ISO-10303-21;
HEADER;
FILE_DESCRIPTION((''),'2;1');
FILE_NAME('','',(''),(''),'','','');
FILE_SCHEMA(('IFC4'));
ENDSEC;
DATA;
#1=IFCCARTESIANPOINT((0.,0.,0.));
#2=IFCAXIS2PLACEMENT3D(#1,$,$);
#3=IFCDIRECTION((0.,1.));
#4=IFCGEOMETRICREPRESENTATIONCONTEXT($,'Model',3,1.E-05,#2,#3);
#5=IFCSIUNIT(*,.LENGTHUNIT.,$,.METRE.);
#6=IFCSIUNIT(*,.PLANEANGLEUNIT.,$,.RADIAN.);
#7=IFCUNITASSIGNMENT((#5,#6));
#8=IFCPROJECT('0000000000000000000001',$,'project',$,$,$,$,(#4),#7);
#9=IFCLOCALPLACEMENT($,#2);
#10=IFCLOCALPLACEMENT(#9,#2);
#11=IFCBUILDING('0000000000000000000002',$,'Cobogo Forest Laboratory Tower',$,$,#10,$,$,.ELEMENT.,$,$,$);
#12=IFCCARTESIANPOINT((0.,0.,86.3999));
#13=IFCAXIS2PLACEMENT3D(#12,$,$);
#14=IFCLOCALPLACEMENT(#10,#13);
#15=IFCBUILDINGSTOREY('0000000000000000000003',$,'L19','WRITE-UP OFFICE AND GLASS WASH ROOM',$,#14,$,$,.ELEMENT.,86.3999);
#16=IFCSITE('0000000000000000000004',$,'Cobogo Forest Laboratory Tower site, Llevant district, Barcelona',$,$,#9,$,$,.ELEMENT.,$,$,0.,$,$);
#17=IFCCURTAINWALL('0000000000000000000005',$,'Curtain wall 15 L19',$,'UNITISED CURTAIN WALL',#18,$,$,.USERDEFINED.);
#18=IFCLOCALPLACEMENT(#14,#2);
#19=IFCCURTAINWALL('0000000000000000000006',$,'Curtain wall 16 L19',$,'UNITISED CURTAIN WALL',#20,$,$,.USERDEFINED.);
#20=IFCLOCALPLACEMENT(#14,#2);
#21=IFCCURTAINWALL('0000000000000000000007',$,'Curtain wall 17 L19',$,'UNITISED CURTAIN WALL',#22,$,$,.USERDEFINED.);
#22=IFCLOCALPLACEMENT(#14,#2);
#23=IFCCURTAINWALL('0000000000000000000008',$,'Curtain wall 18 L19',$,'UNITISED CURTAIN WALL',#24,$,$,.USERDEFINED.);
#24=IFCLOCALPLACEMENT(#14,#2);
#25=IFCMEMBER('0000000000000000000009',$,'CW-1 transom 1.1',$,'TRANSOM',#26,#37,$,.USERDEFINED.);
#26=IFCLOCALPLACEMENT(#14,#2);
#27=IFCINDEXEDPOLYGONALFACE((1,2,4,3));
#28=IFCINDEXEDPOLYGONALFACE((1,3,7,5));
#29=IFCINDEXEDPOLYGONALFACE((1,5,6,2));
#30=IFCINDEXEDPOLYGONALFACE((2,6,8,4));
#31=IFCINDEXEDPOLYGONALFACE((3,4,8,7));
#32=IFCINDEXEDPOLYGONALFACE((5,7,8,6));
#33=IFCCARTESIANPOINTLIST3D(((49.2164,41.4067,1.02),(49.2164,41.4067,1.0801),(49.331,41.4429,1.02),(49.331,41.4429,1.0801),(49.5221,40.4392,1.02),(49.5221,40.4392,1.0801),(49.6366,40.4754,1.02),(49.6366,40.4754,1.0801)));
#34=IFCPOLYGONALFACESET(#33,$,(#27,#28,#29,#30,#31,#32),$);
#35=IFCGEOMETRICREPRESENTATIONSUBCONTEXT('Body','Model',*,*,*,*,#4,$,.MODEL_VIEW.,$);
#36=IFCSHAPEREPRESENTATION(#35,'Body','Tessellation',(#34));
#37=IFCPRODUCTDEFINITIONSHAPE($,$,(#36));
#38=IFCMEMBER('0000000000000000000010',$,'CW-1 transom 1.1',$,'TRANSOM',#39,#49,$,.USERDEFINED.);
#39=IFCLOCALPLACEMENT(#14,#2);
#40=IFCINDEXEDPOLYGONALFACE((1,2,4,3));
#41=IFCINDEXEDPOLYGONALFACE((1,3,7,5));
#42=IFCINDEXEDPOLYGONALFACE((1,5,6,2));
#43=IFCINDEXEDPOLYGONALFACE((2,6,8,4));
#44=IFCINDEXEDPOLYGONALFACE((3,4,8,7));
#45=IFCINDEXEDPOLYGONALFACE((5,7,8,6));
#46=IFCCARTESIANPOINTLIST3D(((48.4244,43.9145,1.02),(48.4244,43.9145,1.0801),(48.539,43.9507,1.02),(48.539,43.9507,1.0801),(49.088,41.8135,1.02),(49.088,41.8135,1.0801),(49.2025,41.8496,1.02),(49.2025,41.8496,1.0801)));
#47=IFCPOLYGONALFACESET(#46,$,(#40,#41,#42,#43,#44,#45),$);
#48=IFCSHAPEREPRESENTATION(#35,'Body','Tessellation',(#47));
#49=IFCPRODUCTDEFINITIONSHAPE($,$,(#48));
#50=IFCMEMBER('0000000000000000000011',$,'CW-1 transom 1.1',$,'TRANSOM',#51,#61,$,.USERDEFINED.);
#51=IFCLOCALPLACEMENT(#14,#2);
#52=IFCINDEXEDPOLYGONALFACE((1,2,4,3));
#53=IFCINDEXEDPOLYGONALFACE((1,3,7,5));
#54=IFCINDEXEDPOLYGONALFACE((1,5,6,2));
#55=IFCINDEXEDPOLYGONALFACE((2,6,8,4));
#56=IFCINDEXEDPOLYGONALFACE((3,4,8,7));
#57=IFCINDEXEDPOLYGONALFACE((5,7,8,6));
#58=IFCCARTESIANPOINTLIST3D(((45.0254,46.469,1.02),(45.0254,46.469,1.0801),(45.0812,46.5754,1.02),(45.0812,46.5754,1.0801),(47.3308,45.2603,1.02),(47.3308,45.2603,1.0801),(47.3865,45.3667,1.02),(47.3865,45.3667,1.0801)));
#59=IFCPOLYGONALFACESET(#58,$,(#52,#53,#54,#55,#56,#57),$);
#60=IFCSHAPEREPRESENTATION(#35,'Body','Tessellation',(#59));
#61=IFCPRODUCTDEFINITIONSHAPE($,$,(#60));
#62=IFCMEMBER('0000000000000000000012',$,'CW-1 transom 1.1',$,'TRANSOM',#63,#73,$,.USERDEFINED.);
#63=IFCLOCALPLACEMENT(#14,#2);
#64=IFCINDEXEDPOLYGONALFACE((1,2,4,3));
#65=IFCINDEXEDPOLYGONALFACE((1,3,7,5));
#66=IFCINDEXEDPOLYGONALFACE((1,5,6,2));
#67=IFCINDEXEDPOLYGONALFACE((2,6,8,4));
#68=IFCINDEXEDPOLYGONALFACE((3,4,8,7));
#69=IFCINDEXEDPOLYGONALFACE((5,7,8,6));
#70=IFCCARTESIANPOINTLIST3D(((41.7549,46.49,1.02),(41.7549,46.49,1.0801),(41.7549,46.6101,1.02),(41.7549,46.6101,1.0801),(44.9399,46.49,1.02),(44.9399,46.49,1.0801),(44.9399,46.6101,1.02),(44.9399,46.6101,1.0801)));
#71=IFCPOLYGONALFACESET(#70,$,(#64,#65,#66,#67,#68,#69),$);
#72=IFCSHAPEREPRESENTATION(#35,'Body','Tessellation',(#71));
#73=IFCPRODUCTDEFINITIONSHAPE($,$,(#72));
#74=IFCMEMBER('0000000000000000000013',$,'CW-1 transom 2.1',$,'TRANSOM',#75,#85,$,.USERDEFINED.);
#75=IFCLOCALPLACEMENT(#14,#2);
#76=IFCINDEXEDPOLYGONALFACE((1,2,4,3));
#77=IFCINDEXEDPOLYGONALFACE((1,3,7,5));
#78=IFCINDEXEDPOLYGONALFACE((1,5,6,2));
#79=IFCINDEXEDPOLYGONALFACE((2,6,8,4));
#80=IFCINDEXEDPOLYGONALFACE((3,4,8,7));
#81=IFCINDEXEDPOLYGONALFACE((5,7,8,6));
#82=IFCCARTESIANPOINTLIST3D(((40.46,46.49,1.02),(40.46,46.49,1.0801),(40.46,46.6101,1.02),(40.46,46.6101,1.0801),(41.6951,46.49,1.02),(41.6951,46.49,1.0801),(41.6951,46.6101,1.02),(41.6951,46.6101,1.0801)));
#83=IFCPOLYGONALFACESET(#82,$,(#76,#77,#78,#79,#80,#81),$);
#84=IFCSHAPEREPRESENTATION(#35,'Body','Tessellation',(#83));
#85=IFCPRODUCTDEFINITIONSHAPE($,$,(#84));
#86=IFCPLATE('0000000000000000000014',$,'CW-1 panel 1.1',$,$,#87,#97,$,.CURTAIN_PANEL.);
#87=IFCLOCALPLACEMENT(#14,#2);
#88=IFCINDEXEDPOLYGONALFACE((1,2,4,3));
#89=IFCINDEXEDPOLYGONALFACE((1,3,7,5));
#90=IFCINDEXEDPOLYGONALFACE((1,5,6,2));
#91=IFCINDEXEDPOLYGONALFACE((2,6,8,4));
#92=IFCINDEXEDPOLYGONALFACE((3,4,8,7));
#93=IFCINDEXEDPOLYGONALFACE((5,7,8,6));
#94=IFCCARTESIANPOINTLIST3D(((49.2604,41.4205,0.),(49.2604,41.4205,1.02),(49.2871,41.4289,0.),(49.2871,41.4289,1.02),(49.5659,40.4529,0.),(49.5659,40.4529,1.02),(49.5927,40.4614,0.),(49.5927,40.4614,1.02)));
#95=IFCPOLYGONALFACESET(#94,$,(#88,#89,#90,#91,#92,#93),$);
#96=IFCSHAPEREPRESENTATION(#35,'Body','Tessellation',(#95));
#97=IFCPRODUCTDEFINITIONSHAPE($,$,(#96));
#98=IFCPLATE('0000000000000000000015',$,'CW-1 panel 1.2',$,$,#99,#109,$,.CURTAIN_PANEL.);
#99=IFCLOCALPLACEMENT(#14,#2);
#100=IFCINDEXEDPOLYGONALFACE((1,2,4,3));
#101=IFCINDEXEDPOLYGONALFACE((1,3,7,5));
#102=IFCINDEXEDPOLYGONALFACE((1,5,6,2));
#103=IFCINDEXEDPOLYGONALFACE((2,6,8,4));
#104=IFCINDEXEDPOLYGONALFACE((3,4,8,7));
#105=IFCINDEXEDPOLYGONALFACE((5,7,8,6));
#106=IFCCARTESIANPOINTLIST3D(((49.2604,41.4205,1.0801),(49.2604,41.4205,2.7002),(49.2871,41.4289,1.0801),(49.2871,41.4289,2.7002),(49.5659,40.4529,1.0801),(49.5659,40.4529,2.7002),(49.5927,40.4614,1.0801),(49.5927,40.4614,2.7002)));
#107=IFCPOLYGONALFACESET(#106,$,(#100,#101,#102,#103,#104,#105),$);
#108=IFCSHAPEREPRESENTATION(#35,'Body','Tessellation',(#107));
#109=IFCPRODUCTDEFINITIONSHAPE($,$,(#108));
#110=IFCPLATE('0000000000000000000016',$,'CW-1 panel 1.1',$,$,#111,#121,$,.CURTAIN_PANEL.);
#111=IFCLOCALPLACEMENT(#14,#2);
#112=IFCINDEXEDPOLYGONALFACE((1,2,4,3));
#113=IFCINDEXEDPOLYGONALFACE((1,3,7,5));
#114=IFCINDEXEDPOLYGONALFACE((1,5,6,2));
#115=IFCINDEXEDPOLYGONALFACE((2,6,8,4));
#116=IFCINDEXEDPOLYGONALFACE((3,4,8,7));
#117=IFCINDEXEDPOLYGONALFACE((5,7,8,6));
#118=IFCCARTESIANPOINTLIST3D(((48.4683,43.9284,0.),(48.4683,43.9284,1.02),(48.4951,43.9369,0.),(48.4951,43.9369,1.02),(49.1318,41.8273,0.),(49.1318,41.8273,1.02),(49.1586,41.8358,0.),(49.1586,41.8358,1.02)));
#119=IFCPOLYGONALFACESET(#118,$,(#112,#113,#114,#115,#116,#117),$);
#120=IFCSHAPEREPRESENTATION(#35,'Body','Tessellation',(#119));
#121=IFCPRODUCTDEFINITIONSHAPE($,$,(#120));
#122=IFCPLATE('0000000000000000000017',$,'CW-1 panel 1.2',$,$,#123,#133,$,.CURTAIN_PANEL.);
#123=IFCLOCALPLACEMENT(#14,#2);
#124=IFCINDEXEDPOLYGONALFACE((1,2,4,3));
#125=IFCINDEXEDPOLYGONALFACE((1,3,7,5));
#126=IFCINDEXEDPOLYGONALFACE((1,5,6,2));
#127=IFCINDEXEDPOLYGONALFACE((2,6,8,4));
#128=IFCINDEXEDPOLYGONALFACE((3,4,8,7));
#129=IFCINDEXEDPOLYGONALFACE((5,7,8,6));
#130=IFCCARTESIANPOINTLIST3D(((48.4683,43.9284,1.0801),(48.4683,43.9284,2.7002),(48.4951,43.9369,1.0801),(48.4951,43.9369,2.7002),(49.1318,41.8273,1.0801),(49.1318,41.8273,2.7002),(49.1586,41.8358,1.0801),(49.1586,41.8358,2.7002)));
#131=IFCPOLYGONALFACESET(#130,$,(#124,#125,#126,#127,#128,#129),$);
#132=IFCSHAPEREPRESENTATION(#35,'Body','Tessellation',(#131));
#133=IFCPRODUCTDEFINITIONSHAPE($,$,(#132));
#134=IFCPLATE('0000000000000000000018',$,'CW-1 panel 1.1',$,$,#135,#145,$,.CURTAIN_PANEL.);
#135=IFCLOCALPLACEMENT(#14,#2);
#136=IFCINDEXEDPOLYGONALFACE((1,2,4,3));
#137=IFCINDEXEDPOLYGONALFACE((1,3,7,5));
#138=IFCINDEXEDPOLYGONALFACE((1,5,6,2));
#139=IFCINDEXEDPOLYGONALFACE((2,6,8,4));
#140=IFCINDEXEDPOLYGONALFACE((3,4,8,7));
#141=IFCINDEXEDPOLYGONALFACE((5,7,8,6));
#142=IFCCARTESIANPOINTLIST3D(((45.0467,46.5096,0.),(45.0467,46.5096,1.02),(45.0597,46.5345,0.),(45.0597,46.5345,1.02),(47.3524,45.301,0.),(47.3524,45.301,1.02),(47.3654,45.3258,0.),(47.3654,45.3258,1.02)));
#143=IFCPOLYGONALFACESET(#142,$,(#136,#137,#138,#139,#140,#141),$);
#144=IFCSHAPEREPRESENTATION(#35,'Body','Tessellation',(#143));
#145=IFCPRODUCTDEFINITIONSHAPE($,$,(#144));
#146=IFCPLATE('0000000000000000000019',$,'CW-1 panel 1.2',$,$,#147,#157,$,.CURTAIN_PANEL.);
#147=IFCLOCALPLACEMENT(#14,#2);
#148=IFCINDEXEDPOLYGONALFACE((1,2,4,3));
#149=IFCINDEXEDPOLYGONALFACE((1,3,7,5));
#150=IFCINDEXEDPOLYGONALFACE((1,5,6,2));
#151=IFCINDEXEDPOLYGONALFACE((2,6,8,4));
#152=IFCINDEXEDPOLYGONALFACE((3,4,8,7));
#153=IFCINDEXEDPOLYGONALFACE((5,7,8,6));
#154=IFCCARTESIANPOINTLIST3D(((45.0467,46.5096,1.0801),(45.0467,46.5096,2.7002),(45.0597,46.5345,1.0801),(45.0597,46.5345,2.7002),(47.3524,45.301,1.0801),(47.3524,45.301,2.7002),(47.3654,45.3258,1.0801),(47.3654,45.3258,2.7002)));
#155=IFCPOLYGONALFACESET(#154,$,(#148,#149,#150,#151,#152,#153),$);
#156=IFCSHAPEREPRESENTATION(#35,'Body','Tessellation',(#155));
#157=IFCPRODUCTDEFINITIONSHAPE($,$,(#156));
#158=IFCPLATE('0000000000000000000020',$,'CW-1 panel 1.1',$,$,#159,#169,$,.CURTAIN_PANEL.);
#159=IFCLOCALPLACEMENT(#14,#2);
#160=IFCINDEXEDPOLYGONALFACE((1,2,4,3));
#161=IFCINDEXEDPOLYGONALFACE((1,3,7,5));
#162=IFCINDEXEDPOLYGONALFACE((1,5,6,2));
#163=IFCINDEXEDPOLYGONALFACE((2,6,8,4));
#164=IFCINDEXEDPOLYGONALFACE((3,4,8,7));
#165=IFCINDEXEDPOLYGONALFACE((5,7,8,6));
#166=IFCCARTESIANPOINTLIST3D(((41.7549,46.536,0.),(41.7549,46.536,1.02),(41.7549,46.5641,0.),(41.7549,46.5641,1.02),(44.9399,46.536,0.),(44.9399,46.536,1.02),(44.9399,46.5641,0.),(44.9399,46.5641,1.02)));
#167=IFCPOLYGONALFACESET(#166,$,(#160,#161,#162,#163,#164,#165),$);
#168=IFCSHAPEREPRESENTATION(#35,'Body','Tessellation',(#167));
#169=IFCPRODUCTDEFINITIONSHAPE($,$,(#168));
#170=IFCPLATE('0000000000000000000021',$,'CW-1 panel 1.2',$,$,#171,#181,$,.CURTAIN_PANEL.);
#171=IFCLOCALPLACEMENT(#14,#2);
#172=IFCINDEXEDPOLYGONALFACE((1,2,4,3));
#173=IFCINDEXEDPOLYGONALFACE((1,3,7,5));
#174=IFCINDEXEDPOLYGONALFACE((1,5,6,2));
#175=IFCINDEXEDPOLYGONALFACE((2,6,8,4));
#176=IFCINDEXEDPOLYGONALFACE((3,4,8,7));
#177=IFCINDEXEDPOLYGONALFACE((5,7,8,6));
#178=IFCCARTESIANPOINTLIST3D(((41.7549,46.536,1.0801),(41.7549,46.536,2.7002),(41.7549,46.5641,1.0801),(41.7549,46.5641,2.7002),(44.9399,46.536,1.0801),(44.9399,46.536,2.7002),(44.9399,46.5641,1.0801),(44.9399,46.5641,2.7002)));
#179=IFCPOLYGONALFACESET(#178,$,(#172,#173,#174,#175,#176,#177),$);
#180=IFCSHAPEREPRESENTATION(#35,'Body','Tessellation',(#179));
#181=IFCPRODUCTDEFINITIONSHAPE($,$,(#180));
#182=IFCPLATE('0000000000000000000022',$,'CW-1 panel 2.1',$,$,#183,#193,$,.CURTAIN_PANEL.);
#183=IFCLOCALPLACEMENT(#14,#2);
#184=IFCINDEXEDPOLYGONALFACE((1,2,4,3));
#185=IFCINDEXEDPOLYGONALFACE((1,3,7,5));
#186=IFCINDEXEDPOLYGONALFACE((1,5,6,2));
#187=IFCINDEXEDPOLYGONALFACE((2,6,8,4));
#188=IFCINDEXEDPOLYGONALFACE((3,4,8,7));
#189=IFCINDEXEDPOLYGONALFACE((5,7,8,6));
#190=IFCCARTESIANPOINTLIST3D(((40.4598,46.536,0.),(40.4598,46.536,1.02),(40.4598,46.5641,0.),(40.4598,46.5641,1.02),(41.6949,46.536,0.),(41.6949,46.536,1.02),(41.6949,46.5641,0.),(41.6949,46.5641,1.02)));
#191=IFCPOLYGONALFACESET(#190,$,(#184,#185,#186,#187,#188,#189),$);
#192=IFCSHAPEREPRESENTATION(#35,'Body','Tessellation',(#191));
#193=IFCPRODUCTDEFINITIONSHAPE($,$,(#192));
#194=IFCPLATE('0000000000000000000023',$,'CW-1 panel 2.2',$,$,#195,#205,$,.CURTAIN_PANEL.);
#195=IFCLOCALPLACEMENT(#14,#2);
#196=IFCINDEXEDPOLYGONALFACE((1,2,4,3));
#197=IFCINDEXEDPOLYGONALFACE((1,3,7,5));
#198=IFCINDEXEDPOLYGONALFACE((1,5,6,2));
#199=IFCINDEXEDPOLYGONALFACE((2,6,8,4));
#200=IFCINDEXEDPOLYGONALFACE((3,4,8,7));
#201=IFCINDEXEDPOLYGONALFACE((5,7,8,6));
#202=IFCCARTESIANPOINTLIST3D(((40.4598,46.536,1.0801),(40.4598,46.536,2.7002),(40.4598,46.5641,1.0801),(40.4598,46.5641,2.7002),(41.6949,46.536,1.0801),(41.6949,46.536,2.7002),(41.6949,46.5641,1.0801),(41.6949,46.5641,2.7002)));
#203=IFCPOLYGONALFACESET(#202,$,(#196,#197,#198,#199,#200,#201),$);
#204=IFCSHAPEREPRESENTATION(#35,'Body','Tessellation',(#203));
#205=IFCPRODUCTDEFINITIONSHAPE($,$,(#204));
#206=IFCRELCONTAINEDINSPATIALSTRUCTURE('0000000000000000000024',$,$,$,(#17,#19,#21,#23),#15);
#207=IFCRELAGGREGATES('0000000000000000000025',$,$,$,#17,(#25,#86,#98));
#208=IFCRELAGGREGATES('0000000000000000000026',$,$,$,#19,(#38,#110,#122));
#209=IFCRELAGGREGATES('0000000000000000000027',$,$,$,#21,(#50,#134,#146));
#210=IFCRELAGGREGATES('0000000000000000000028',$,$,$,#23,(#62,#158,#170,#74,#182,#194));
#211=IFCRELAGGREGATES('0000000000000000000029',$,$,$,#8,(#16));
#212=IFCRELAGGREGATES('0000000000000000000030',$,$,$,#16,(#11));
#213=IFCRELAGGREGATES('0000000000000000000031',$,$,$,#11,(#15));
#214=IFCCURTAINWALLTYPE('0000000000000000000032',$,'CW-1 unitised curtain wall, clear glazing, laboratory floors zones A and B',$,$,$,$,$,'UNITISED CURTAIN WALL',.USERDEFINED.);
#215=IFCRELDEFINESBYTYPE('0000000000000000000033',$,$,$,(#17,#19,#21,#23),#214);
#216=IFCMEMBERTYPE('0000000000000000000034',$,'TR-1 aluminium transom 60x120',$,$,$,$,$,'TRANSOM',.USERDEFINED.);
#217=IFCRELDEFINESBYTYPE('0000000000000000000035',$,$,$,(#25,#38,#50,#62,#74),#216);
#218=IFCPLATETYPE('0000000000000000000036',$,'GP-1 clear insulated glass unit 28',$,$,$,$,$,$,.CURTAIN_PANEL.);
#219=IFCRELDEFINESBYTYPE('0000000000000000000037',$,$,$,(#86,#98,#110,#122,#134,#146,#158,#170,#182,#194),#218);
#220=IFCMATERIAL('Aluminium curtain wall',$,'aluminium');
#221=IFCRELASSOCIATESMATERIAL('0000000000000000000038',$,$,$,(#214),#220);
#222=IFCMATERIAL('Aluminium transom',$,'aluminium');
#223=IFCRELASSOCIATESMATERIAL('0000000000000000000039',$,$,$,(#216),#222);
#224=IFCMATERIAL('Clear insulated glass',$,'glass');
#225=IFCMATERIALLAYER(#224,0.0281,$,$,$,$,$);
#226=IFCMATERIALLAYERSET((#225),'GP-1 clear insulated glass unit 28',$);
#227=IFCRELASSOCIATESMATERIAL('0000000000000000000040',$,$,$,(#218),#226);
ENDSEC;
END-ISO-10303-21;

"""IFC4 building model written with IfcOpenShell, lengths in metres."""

from ifc_helpers import new_model, si_unit, direction, frame, origin, origin_2d, place, context, subcontext, project, spatial, rectangle, extrude, material, layer, layer_set, material_profile, profile_set, type_object, element, aggregate, save


model = new_model("IFC4")

# Units and contexts
model_context = context("Model", 3, precision=1e-05, world=origin(), true_north=direction((0.0, 1.0)))
body_context = subcontext(model_context, "Body", "Model", "MODEL_VIEW")
ifc_project = project(units=[si_unit("LENGTHUNIT", "METRE"), si_unit("PLANEANGLEUNIT", "RADIAN")], contexts=[model_context])

# Site, building, storey
site_placement = place(None, origin())
site = spatial("IfcSite", under=ifc_project, at=site_placement, Name="Cobogo Forest Laboratory Tower site, Llevant district, Barcelona", CompositionType="ELEMENT", RefElevation=0.0)
building_placement = place(site_placement, origin())
building = spatial("IfcBuilding", under=site, at=building_placement, Name="Cobogo Forest Laboratory Tower", CompositionType="ELEMENT")
storey_placement = place(building_placement, frame((0.0, 0.0, 86.3999)))
storey = spatial("IfcBuildingStorey", under=building, at=storey_placement, Name="L19", Description="WRITE-UP OFFICE AND GLASS WASH ROOM", CompositionType="ELEMENT", Elevation=86.3999)

# Curtain walls
ifc_material_1 = material(Name="Aluminium curtain wall", Category="aluminium")
curtain_wall_type = type_object("IfcCurtainWallType", Name="CW-1 unitised curtain wall, clear glazing, laboratory floors zones A and B", ElementType="UNITISED CURTAIN WALL", PredefinedType="USERDEFINED", material=ifc_material_1)
curtain_wall_1_placement = place(storey_placement, origin())
curtain_wall_1 = element("IfcCurtainWall", 1, at=curtain_wall_1_placement, inside=storey, type_object=curtain_wall_type, Name="Curtain wall 15 L19", ObjectType="UNITISED CURTAIN WALL", PredefinedType="USERDEFINED")
curtain_wall_2_placement = place(storey_placement, origin())
curtain_wall_2 = element("IfcCurtainWall", 2, at=curtain_wall_2_placement, inside=storey, type_object=curtain_wall_type, Name="Curtain wall 16 L19", ObjectType="UNITISED CURTAIN WALL", PredefinedType="USERDEFINED")
curtain_wall_3_placement = place(storey_placement, origin())
curtain_wall_3 = element("IfcCurtainWall", 3, at=curtain_wall_3_placement, inside=storey, type_object=curtain_wall_type, Name="Curtain wall 17 L19", ObjectType="UNITISED CURTAIN WALL", PredefinedType="USERDEFINED")
curtain_wall_4_placement = place(storey_placement, origin())
curtain_wall_4 = element("IfcCurtainWall", 4, at=curtain_wall_4_placement, inside=storey, type_object=curtain_wall_type, Name="Curtain wall 18 L19", ObjectType="UNITISED CURTAIN WALL", PredefinedType="USERDEFINED")

# Members
ifc_material_2 = material(Name="Aluminium transom", Category="aluminium")
ifc_material_profile_1 = material_profile(ifc_material_2, rectangle(XDim=0.1201, YDim=0.0601, at=origin_2d()), Name="AL 60x120")
ifc_profile_set_1 = profile_set([ifc_material_profile_1], Name="Aluminium transom")
member_type_1 = type_object("IfcMemberType", Name="TR-1 aluminium transom 60x120", ElementType="TRANSOM", PredefinedType="USERDEFINED", material=ifc_profile_set_1)
member_1_placement = place(storey_placement, frame((49.5793, 40.4573, 1.05), z_axis=(-0.301247, 0.953546, 0.0), x_axis=(-0.953546, -0.301247, 0.0)))
member_1 = element("IfcMember", 5, at=member_1_placement, type_object=member_type_1, Name="CW-1 transom 1.1", ObjectType="TRANSOM", PredefinedType="USERDEFINED", context=body_context, shape_type="SweptSolid", body=[
    extrude(rectangle(XDim=0.1201, YDim=0.0601, at=origin_2d()), origin(), (0.0, 0.0, 1.0), 1.0146),
])
member_2_placement = place(storey_placement, frame((49.1453, 41.8315, 1.05), z_axis=(-0.301163, 0.953573, 0.0), x_axis=(-0.953573, -0.301163, 0.0)))
member_2 = element("IfcMember", 6, at=member_2_placement, type_object=member_type_1, Name="CW-1 transom 1.1", ObjectType="TRANSOM", PredefinedType="USERDEFINED", context=body_context, shape_type="SweptSolid", body=[
    extrude(rectangle(XDim=0.1201, YDim=0.0601, at=origin_2d()), origin(), (0.0, 0.0, 1.0), 2.2034),
])
member_3_placement = place(storey_placement, frame((47.3586, 45.3135, 1.05), z_axis=(-0.885652, 0.46435, 0.0), x_axis=(-0.46435, -0.885652, 0.0)))
member_3 = element("IfcMember", 7, at=member_3_placement, type_object=member_type_1, Name="CW-1 transom 1.1", ObjectType="TRANSOM", PredefinedType="USERDEFINED", context=body_context, shape_type="SweptSolid", body=[
    extrude(rectangle(XDim=0.1201, YDim=0.0601, at=origin_2d()), origin(), (0.0, 0.0, 1.0), 2.603),
])
member_4_placement = place(storey_placement, frame((44.9399, 46.55, 1.05), z_axis=(-1.0, 0.0, 0.0), x_axis=(0.0, -1.0, 0.0)))
member_4 = element("IfcMember", 8, at=member_4_placement, type_object=member_type_1, Name="CW-1 transom 1.1", ObjectType="TRANSOM", PredefinedType="USERDEFINED", context=body_context, shape_type="SweptSolid", body=[
    extrude(rectangle(XDim=0.1201, YDim=0.0601, at=origin_2d()), origin(), (0.0, 0.0, 1.0), 3.1851),
])
member_5_placement = place(storey_placement, frame((41.6951, 46.55, 1.05), z_axis=(-1.0, 0.0, 0.0), x_axis=(0.0, -1.0, 0.0)))
member_5 = element("IfcMember", 9, at=member_5_placement, type_object=member_type_1, Name="CW-1 transom 2.1", ObjectType="TRANSOM", PredefinedType="USERDEFINED", context=body_context, shape_type="SweptSolid", body=[
    extrude(rectangle(XDim=0.1201, YDim=0.0601, at=origin_2d()), origin(), (0.0, 0.0, 1.0), 1.2351),
])

# Plates
ifc_material_3 = material(Name="Clear insulated glass", Category="glass")
ifc_layer_1 = layer(ifc_material_3, 0.0281)
ifc_layer_set_1 = layer_set([ifc_layer_1], Name="GP-1 clear insulated glass unit 28")
plate_type = type_object("IfcPlateType", Name="GP-1 clear insulated glass unit 28", PredefinedType="CURTAIN_PANEL", material=ifc_layer_set_1)
plate_1_placement = place(storey_placement, frame((49.4265, 40.9409, 0.0), z_axis=(0.0, 0.0, 1.0), x_axis=(-0.301136, 0.953581, 0.0)))
plate_1 = element("IfcPlate", 10, at=plate_1_placement, type_object=plate_type, Name="CW-1 panel 1.1", PredefinedType="CURTAIN_PANEL", context=body_context, shape_type="SweptSolid", body=[
    extrude(rectangle(XDim=1.0146, YDim=0.0281, at=origin_2d()), origin(), (0.0, 0.0, 1.0), 1.02),
])
plate_2_placement = place(storey_placement, frame((49.4265, 40.9409, 1.0801), z_axis=(0.0, 0.0, 1.0), x_axis=(-0.301136, 0.953581, 0.0)))
plate_2 = element("IfcPlate", 11, at=plate_2_placement, type_object=plate_type, Name="CW-1 panel 1.2", PredefinedType="CURTAIN_PANEL", context=body_context, shape_type="SweptSolid", body=[
    extrude(rectangle(XDim=1.0146, YDim=0.0281, at=origin_2d()), origin(), (0.0, 0.0, 1.0), 1.6201),
])
aggregate(curtain_wall_1, [member_1, plate_1, plate_2])
plate_3_placement = place(storey_placement, frame((48.8135, 42.8821, 0.0), z_axis=(0.0, 0.0, 1.0), x_axis=(-0.301135, 0.953581, 0.0)))
plate_3 = element("IfcPlate", 12, at=plate_3_placement, type_object=plate_type, Name="CW-1 panel 1.1", PredefinedType="CURTAIN_PANEL", context=body_context, shape_type="SweptSolid", body=[
    extrude(rectangle(XDim=2.2034, YDim=0.0281, at=origin_2d()), origin(), (0.0, 0.0, 1.0), 1.02),
])
plate_4_placement = place(storey_placement, frame((48.8135, 42.8821, 1.0801), z_axis=(0.0, 0.0, 1.0), x_axis=(-0.301135, 0.953581, 0.0)))
plate_4 = element("IfcPlate", 13, at=plate_4_placement, type_object=plate_type, Name="CW-1 panel 1.2", PredefinedType="CURTAIN_PANEL", context=body_context, shape_type="SweptSolid", body=[
    extrude(rectangle(XDim=2.2034, YDim=0.0281, at=origin_2d()), origin(), (0.0, 0.0, 1.0), 1.6201),
])
aggregate(curtain_wall_2, [member_2, plate_3, plate_4])
plate_5_placement = place(storey_placement, frame((46.2061, 45.9177, 0.0), z_axis=(0.0, 0.0, 1.0), x_axis=(-0.885687, 0.464284, 0.0)))
plate_5 = element("IfcPlate", 14, at=plate_5_placement, type_object=plate_type, Name="CW-1 panel 1.1", PredefinedType="CURTAIN_PANEL", context=body_context, shape_type="SweptSolid", body=[
    extrude(rectangle(XDim=2.6033, YDim=0.0281, at=origin_2d()), origin(), (0.0, 0.0, 1.0), 1.02),
])
plate_6_placement = place(storey_placement, frame((46.2061, 45.9177, 1.0801), z_axis=(0.0, 0.0, 1.0), x_axis=(-0.885687, 0.464284, 0.0)))
plate_6 = element("IfcPlate", 15, at=plate_6_placement, type_object=plate_type, Name="CW-1 panel 1.2", PredefinedType="CURTAIN_PANEL", context=body_context, shape_type="SweptSolid", body=[
    extrude(rectangle(XDim=2.6033, YDim=0.0281, at=origin_2d()), origin(), (0.0, 0.0, 1.0), 1.6201),
])
aggregate(curtain_wall_3, [member_3, plate_5, plate_6])
plate_7_placement = place(storey_placement, frame((43.3474, 46.55, 0.0), z_axis=(0.0, 0.0, 1.0), x_axis=(-1.0, 0.0, 0.0)))
plate_7 = element("IfcPlate", 16, at=plate_7_placement, type_object=plate_type, Name="CW-1 panel 1.1", PredefinedType="CURTAIN_PANEL", context=body_context, shape_type="SweptSolid", body=[
    extrude(rectangle(XDim=3.1851, YDim=0.0281, at=origin_2d()), origin(), (0.0, 0.0, 1.0), 1.02),
])
plate_8_placement = place(storey_placement, frame((43.3474, 46.55, 1.0801), z_axis=(0.0, 0.0, 1.0), x_axis=(-1.0, 0.0, 0.0)))
plate_8 = element("IfcPlate", 17, at=plate_8_placement, type_object=plate_type, Name="CW-1 panel 1.2", PredefinedType="CURTAIN_PANEL", context=body_context, shape_type="SweptSolid", body=[
    extrude(rectangle(XDim=3.1851, YDim=0.0281, at=origin_2d()), origin(), (0.0, 0.0, 1.0), 1.6201),
])
plate_9_placement = place(storey_placement, frame((41.0774, 46.55, 0.0), z_axis=(0.0, 0.0, 1.0), x_axis=(-1.0, 0.0, 0.0)))
plate_9 = element("IfcPlate", 18, at=plate_9_placement, type_object=plate_type, Name="CW-1 panel 2.1", PredefinedType="CURTAIN_PANEL", context=body_context, shape_type="SweptSolid", body=[
    extrude(rectangle(XDim=1.2351, YDim=0.0281, at=origin_2d()), origin(), (0.0, 0.0, 1.0), 1.02),
])
plate_10_placement = place(storey_placement, frame((41.0774, 46.55, 1.0801), z_axis=(0.0, 0.0, 1.0), x_axis=(-1.0, 0.0, 0.0)))
plate_10 = element("IfcPlate", 19, at=plate_10_placement, type_object=plate_type, Name="CW-1 panel 2.2", PredefinedType="CURTAIN_PANEL", context=body_context, shape_type="SweptSolid", body=[
    extrude(rectangle(XDim=1.2351, YDim=0.0281, at=origin_2d()), origin(), (0.0, 0.0, 1.0), 1.6201),
])
aggregate(curtain_wall_4, [member_4, plate_7, plate_8, member_5, plate_9, plate_10])

save(model, "model.ifc")
